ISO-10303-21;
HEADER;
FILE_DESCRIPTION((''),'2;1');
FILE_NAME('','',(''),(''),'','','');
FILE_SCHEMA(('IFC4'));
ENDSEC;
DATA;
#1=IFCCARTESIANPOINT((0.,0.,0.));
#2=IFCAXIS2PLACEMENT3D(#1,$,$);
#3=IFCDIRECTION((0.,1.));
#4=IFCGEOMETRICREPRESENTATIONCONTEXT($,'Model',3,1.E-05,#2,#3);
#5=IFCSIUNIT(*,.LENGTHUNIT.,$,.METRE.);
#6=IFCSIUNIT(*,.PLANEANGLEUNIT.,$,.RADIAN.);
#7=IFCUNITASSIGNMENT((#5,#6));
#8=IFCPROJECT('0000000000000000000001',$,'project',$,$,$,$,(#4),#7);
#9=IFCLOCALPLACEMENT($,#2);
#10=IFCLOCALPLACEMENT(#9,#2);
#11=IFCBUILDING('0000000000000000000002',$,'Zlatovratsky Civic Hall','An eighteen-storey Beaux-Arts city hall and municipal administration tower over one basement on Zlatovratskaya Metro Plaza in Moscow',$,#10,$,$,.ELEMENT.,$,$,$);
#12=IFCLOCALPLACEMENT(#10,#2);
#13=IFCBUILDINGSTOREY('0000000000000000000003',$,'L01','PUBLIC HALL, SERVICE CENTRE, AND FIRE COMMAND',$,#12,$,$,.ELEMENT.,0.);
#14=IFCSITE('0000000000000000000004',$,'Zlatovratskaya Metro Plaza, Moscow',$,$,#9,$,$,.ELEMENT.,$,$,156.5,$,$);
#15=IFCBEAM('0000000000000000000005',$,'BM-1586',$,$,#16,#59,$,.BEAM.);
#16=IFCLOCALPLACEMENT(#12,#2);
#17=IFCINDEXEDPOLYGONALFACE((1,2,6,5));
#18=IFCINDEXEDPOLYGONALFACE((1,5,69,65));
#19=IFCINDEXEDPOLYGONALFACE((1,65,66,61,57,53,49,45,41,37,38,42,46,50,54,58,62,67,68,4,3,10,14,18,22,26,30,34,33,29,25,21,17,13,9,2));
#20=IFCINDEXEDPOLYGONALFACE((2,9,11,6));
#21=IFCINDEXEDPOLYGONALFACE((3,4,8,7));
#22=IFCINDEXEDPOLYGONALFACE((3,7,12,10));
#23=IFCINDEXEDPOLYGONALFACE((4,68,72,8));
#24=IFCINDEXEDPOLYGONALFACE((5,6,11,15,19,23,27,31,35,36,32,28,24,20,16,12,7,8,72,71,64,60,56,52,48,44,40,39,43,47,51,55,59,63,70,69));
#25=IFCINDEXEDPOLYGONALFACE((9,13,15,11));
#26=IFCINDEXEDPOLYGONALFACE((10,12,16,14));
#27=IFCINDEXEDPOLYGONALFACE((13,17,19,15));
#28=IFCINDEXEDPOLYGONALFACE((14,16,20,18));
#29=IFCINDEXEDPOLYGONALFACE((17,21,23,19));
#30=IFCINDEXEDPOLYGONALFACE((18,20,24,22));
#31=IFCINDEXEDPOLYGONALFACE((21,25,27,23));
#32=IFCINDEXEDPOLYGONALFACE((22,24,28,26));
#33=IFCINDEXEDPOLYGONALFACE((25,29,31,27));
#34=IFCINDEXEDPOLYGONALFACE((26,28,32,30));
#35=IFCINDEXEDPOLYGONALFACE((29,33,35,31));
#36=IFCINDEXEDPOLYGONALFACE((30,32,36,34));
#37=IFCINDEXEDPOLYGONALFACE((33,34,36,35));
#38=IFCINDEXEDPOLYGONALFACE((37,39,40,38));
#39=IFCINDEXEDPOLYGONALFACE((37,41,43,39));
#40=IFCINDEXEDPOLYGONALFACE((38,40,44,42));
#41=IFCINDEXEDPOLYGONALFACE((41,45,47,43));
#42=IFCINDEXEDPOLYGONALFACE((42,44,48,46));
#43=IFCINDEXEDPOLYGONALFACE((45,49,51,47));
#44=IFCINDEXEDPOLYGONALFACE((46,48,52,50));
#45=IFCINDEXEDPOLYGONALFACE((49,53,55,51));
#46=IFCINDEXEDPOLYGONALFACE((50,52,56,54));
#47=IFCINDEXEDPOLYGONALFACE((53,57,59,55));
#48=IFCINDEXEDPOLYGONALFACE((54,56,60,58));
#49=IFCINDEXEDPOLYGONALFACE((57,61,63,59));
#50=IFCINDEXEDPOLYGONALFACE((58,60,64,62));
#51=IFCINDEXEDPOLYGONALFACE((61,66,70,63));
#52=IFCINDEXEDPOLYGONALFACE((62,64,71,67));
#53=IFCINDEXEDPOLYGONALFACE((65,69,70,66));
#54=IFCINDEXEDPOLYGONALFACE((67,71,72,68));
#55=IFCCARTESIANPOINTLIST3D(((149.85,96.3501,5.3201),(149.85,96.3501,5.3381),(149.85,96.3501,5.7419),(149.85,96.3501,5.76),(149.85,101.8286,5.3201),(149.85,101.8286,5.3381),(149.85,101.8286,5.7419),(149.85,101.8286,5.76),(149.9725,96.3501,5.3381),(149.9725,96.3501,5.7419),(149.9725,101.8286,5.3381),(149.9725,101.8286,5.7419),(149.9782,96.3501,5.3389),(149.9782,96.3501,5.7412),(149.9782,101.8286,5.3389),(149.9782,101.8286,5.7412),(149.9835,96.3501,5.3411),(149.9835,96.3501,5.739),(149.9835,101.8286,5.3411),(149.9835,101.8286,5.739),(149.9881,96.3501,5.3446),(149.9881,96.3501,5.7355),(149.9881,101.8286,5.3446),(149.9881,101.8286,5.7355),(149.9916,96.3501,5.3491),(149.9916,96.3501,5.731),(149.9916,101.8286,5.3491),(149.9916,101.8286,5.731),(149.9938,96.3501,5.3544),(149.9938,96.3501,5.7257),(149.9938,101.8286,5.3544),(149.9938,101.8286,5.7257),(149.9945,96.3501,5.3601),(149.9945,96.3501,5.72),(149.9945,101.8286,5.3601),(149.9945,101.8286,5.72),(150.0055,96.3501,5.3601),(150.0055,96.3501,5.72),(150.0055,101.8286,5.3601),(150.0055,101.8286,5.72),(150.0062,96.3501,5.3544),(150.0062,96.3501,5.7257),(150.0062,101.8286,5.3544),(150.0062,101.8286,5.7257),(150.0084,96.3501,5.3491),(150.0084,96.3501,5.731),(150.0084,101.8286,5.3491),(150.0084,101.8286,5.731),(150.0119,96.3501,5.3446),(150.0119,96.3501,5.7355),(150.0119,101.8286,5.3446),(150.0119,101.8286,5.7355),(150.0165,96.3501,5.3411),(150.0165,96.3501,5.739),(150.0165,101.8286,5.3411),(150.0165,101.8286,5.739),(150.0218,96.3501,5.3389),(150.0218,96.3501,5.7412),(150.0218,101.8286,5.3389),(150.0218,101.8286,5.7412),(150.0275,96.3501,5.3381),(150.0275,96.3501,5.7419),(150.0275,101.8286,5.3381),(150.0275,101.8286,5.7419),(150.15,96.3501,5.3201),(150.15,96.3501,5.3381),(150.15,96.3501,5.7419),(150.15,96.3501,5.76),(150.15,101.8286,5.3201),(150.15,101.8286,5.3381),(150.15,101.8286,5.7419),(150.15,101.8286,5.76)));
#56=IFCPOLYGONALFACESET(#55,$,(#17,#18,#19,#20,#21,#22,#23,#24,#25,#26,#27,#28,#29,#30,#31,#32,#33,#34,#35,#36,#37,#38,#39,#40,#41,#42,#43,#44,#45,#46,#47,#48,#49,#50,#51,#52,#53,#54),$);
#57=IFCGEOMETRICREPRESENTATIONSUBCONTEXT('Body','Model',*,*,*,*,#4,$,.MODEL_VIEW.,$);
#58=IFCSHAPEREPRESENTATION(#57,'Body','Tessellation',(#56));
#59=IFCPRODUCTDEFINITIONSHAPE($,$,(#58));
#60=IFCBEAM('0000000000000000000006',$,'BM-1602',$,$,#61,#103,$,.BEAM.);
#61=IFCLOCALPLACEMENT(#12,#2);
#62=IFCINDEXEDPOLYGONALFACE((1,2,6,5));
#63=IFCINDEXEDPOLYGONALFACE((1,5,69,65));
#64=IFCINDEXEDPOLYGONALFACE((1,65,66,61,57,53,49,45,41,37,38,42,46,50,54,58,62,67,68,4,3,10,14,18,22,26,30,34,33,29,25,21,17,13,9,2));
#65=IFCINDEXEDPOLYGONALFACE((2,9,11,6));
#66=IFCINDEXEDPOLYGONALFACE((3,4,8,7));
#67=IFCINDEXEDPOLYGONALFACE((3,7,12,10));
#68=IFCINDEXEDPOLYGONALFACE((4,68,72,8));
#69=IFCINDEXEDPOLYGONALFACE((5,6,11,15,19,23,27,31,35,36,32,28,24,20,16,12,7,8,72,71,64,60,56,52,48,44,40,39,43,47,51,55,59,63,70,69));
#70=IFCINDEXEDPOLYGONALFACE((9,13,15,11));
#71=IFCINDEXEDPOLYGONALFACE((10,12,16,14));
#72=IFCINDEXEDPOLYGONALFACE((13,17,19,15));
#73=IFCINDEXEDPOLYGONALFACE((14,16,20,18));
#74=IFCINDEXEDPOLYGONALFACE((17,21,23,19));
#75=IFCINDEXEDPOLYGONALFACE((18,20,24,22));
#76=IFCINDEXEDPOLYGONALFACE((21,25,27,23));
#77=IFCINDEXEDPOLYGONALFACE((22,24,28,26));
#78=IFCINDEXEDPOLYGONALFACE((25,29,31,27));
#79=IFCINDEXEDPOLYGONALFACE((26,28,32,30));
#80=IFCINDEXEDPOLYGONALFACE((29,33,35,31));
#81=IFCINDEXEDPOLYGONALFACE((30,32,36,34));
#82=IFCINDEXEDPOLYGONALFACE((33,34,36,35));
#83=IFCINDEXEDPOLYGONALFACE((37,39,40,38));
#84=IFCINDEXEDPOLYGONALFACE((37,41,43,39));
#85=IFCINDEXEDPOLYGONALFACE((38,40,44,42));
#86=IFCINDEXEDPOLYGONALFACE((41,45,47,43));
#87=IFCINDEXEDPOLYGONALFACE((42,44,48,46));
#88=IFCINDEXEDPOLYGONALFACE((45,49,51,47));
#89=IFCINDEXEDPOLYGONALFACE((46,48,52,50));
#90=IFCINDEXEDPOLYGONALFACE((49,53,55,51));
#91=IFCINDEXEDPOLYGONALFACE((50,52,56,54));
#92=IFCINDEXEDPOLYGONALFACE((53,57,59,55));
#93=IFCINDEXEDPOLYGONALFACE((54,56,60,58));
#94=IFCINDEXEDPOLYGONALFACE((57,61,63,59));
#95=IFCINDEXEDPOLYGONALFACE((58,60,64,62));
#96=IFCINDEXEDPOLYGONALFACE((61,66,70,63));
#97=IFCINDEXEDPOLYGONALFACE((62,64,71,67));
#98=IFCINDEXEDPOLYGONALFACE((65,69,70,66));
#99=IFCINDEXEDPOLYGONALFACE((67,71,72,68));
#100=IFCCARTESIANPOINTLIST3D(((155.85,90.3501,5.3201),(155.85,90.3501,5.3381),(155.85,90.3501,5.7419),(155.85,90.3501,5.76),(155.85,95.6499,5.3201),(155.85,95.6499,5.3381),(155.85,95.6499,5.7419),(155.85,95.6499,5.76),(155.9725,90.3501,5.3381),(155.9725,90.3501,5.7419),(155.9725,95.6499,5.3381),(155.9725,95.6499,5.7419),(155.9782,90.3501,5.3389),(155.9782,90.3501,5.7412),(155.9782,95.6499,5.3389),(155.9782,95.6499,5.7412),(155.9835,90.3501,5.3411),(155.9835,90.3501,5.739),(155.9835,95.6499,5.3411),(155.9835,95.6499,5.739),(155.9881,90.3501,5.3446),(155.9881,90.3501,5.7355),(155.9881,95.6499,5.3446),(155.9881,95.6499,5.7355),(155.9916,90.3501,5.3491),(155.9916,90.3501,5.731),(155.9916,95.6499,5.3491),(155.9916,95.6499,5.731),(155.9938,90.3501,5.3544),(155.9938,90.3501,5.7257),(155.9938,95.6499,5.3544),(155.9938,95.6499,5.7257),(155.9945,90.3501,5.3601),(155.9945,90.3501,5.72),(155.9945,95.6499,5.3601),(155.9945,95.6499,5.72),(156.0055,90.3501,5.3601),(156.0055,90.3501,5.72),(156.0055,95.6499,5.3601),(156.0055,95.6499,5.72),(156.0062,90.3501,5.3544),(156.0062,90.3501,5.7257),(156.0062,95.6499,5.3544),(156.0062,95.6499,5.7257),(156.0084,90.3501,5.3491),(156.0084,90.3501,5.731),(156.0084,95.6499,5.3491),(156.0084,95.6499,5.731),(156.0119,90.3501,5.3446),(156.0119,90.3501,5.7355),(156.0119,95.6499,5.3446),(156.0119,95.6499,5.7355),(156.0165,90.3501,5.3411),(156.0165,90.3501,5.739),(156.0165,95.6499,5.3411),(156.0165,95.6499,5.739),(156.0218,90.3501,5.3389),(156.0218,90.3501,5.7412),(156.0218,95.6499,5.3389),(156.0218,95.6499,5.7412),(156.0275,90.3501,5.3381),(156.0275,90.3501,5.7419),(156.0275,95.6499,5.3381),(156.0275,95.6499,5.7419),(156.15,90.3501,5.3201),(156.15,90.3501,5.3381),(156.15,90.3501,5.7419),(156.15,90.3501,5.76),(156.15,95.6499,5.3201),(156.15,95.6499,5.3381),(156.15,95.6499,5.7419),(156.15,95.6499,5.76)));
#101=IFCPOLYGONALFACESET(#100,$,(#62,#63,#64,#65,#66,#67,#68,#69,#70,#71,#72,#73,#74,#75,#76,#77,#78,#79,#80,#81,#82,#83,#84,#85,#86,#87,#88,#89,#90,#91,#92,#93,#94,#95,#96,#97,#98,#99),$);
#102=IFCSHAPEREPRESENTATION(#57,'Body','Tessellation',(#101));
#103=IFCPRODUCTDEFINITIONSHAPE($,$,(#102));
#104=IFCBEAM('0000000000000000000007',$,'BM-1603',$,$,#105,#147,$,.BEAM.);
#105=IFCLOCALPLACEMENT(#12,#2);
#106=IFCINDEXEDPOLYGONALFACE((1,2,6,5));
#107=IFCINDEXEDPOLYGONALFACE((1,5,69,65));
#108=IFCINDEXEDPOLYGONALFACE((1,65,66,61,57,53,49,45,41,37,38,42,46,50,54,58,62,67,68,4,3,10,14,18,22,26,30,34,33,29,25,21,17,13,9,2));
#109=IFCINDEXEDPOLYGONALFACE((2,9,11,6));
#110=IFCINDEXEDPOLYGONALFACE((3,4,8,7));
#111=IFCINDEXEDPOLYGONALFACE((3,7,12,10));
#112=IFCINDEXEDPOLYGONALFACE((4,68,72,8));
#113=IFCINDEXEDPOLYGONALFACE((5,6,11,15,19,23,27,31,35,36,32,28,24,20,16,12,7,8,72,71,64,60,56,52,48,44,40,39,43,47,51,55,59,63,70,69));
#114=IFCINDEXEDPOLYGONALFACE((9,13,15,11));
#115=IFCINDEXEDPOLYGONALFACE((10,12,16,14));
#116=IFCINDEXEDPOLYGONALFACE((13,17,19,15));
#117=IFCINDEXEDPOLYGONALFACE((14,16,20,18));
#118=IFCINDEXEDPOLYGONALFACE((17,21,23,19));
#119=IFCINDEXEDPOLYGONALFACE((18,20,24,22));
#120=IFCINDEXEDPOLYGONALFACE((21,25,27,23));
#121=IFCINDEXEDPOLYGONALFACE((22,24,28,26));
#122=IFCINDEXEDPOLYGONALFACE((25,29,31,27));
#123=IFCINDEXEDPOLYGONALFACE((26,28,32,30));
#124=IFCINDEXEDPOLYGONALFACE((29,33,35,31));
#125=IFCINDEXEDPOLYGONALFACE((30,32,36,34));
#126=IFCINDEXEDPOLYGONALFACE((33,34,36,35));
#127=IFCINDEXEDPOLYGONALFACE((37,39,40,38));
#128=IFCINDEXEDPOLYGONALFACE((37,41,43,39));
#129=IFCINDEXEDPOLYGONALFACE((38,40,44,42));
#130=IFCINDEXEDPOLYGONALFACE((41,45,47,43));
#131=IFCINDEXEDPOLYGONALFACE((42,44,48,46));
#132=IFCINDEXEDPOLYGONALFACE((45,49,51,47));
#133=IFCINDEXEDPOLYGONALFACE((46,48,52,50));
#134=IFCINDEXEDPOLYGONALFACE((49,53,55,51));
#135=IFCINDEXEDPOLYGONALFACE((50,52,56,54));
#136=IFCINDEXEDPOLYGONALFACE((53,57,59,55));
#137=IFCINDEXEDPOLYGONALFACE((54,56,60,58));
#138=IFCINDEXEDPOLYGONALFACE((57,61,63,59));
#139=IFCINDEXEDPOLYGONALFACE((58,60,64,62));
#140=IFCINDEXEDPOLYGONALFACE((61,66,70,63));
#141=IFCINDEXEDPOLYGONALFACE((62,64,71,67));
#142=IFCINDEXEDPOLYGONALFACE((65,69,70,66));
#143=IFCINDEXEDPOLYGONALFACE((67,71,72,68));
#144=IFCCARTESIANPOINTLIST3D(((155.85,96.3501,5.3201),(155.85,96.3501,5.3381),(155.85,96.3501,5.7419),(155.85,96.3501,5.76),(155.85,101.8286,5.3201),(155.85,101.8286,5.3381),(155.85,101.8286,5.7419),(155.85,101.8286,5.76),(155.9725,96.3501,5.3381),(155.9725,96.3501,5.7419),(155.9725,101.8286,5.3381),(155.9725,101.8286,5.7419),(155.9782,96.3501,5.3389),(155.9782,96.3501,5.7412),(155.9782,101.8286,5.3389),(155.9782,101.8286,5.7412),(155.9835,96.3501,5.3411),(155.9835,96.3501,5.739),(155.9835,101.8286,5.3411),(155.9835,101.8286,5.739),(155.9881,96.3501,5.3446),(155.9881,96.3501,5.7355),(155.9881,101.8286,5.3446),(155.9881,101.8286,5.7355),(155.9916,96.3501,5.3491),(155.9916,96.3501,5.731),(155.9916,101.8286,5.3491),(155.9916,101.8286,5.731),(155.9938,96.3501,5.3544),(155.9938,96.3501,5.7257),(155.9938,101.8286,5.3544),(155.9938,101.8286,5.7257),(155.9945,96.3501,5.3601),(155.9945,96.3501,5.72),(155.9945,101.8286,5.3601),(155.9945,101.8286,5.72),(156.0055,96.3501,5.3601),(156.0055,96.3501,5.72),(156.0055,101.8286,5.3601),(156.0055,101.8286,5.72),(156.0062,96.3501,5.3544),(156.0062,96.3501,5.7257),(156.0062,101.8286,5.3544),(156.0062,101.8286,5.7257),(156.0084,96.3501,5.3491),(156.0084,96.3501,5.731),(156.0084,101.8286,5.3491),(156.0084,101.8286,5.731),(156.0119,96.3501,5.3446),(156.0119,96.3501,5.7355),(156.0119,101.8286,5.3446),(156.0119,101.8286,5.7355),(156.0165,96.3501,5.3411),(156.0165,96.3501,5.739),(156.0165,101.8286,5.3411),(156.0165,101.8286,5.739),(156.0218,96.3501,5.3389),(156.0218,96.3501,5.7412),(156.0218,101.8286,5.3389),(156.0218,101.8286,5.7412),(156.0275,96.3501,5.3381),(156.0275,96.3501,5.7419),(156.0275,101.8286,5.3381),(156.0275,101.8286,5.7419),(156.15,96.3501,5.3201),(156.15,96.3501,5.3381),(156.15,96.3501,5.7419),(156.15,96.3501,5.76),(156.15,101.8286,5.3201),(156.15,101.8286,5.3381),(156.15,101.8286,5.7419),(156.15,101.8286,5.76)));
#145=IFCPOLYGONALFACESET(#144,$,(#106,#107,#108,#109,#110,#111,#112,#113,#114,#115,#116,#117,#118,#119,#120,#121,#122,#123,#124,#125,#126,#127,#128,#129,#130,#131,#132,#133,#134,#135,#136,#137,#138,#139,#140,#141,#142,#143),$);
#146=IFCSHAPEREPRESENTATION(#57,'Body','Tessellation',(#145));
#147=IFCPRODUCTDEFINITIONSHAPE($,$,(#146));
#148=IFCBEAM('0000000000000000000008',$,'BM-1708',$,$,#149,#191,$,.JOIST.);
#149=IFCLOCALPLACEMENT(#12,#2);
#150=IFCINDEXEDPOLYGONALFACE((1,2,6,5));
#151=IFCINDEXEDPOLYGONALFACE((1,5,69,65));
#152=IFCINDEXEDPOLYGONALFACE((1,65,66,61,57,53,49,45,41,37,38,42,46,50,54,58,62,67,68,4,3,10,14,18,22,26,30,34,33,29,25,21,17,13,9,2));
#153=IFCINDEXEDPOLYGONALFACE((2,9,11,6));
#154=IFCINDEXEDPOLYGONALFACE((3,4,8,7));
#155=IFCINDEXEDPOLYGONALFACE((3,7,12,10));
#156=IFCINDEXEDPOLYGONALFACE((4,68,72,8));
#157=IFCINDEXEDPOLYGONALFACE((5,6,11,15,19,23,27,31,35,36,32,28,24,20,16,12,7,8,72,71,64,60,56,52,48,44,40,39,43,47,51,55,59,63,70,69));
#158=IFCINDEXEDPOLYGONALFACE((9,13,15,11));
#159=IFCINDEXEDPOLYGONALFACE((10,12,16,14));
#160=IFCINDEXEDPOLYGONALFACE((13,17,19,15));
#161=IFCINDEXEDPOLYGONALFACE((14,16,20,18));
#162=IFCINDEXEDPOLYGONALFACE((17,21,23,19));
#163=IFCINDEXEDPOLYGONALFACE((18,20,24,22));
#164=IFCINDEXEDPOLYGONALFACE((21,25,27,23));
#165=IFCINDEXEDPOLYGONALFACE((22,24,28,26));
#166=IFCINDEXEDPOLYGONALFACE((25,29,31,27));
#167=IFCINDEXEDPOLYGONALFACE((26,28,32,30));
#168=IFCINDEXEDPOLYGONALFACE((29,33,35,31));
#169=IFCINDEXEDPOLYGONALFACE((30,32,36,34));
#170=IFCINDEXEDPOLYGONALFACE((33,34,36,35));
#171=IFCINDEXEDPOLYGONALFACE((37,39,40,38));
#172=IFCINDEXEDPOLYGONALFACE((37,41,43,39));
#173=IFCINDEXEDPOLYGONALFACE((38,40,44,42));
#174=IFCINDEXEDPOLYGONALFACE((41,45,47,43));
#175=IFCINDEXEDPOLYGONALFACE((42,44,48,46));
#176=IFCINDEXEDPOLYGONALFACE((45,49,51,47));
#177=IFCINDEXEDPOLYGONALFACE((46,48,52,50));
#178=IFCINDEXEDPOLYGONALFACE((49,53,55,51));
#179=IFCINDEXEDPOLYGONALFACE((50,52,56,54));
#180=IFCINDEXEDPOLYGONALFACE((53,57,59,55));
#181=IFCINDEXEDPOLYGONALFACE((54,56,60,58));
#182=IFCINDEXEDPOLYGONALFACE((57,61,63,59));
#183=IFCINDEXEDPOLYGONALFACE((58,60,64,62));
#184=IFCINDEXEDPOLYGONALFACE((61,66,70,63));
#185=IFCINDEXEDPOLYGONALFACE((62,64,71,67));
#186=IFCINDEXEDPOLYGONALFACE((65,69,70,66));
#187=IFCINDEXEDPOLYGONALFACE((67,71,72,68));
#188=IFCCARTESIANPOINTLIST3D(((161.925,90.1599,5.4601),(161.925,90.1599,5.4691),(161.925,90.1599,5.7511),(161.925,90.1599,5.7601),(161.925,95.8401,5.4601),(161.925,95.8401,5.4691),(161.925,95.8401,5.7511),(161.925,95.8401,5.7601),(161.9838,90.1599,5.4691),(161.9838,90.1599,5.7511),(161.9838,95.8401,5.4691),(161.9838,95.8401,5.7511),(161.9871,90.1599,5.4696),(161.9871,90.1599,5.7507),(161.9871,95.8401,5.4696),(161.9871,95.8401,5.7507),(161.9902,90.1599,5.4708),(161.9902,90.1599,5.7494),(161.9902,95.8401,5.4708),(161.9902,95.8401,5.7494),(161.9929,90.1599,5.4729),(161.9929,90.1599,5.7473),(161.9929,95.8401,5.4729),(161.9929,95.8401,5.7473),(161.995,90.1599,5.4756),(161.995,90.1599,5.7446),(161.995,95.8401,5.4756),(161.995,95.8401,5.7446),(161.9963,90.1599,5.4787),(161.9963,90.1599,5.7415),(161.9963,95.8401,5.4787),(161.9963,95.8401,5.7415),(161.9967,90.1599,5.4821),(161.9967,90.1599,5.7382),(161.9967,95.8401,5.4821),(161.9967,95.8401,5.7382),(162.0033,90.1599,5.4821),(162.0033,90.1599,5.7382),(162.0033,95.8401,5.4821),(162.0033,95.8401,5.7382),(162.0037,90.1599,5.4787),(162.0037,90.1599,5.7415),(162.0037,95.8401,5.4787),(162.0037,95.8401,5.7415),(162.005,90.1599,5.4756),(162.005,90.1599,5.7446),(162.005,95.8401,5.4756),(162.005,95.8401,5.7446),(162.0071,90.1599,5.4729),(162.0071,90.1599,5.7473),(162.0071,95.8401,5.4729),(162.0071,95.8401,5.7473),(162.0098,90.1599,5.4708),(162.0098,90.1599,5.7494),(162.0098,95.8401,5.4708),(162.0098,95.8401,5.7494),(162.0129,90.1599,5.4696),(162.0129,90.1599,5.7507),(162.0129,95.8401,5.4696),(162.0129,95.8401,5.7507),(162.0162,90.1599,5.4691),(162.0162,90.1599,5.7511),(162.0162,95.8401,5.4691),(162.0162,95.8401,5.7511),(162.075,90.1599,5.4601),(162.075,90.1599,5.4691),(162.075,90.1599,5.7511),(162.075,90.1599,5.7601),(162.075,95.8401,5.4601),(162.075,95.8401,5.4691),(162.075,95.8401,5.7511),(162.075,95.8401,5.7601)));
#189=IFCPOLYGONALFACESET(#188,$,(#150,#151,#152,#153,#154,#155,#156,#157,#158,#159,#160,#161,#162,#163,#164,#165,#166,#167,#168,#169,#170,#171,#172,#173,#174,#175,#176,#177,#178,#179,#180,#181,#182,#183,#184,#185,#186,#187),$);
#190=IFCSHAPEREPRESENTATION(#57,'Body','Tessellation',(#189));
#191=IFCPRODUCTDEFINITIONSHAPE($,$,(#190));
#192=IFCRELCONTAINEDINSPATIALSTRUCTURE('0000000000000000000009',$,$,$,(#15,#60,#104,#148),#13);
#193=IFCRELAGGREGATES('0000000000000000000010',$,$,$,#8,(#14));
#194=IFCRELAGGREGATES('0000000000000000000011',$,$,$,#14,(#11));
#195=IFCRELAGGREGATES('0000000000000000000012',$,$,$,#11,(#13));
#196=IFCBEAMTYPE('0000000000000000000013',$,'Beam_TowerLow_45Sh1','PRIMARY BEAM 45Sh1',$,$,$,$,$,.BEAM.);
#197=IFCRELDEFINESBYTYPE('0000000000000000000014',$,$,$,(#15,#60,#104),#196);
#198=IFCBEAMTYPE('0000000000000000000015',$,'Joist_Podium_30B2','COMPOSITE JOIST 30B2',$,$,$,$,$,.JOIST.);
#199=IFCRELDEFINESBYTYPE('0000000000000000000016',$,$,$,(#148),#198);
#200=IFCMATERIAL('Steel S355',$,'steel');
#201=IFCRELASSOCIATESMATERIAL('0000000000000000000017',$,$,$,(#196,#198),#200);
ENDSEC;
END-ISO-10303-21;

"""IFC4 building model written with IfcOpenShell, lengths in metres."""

from ifc_helpers import new_model, si_unit, direction, frame, origin, origin_2d, place, context, subcontext, project, spatial, i_section, extrude, material, material_profile, profile_set, type_object, element, save


model = new_model("IFC4")

# Units and contexts
model_context = context("Model", 3, precision=1e-05, world=origin(), true_north=direction((0.0, 1.0)))
body_context = subcontext(model_context, "Body", "Model", "MODEL_VIEW")
ifc_project = project(units=[si_unit("LENGTHUNIT", "METRE"), si_unit("PLANEANGLEUNIT", "RADIAN")], contexts=[model_context])

# Site, building, storey
site_placement = place(None, origin())
site = spatial("IfcSite", under=ifc_project, at=site_placement, Name="Zlatovratskaya Metro Plaza, Moscow", CompositionType="ELEMENT", RefElevation=156.5)
building_placement = place(site_placement, origin())
building = spatial("IfcBuilding", under=site, at=building_placement, Name="Zlatovratsky Civic Hall", Description="An eighteen-storey Beaux-Arts city hall and municipal administration tower over one basement on Zlatovratskaya Metro Plaza in Moscow", CompositionType="ELEMENT")
storey_placement = place(building_placement, origin())
storey = spatial("IfcBuildingStorey", under=building, at=storey_placement, Name="L01", Description="PUBLIC HALL, SERVICE CENTRE, AND FIRE COMMAND", CompositionType="ELEMENT", Elevation=0.0)

# Shared definitions
ifc_material_1 = material(Name="Steel S355", Category="steel")

# Beams
ifc_material_profile_1 = material_profile(ifc_material_1, i_section(OverallWidth=0.3, OverallDepth=0.4399, WebThickness=0.011, FlangeThickness=0.0181, FilletRadius=0.022, at=origin_2d()), Name="45Sh1")
ifc_profile_set_1 = profile_set([ifc_material_profile_1], Name="Steel S355")
beam_type_1 = type_object("IfcBeamType", Name="Beam_TowerLow_45Sh1", Description="PRIMARY BEAM 45Sh1", PredefinedType="BEAM", material=ifc_profile_set_1)
beam_1_placement = place(storey_placement, frame((150.0, 96.3501, 5.54), z_axis=(0.0, 1.0, 0.0), x_axis=(-1.0, 0.0, 0.0)))
element("IfcBeam", 1, at=beam_1_placement, inside=storey, type_object=beam_type_1, Name="BM-1586", PredefinedType="BEAM", context=body_context, shape_type="SweptSolid", body=[
    extrude(i_section(OverallWidth=0.3, OverallDepth=0.4399, WebThickness=0.011, FlangeThickness=0.0181, FilletRadius=0.022, at=origin_2d()), origin(), (0.0, 0.0, 1.0), 5.4785),
])
beam_2_placement = place(storey_placement, frame((156.0, 90.3501, 5.54), z_axis=(0.0, 1.0, 0.0), x_axis=(-1.0, 0.0, 0.0)))
element("IfcBeam", 2, at=beam_2_placement, inside=storey, type_object=beam_type_1, Name="BM-1602", PredefinedType="BEAM", context=body_context, shape_type="SweptSolid", body=[
    extrude(i_section(OverallWidth=0.3, OverallDepth=0.4399, WebThickness=0.011, FlangeThickness=0.0181, FilletRadius=0.022, at=origin_2d()), origin(), (0.0, 0.0, 1.0), 5.2998),
])
beam_3_placement = place(storey_placement, frame((156.0, 96.3501, 5.54), z_axis=(0.0, 1.0, 0.0), x_axis=(-1.0, 0.0, 0.0)))
element("IfcBeam", 3, at=beam_3_placement, inside=storey, type_object=beam_type_1, Name="BM-1603", PredefinedType="BEAM", context=body_context, shape_type="SweptSolid", body=[
    extrude(i_section(OverallWidth=0.3, OverallDepth=0.4399, WebThickness=0.011, FlangeThickness=0.0181, FilletRadius=0.022, at=origin_2d()), origin(), (0.0, 0.0, 1.0), 5.4785),
])
ifc_material_profile_2 = material_profile(ifc_material_1, i_section(OverallWidth=0.1499, OverallDepth=0.3, WebThickness=0.0066, FlangeThickness=0.009, FilletRadius=0.0129, at=origin_2d()), Name="30B2")
ifc_profile_set_2 = profile_set([ifc_material_profile_2], Name="Steel S355")
beam_type_2 = type_object("IfcBeamType", Name="Joist_Podium_30B2", Description="COMPOSITE JOIST 30B2", PredefinedType="JOIST", material=ifc_profile_set_2)
for number, where, z_axis, x_axis, name in (
    (4, (162.0, 90.1599, 5.6101), (0.0, 1.0, 0.0), (-1.0, 0.0, 0.0), "BM-1708"),
):
    element("IfcBeam", number, at=place(storey_placement, frame(where, z_axis=z_axis, x_axis=x_axis)), inside=storey, type_object=beam_type_2, Name=name, PredefinedType="JOIST", context=body_context, shape_type="SweptSolid", body=[
        extrude(i_section(OverallWidth=0.1499, OverallDepth=0.3, WebThickness=0.0066, FlangeThickness=0.009, FilletRadius=0.0129, at=origin_2d()), origin(), (0.0, 0.0, 1.0), 5.6802),
    ])

save(model, "model.ifc")
